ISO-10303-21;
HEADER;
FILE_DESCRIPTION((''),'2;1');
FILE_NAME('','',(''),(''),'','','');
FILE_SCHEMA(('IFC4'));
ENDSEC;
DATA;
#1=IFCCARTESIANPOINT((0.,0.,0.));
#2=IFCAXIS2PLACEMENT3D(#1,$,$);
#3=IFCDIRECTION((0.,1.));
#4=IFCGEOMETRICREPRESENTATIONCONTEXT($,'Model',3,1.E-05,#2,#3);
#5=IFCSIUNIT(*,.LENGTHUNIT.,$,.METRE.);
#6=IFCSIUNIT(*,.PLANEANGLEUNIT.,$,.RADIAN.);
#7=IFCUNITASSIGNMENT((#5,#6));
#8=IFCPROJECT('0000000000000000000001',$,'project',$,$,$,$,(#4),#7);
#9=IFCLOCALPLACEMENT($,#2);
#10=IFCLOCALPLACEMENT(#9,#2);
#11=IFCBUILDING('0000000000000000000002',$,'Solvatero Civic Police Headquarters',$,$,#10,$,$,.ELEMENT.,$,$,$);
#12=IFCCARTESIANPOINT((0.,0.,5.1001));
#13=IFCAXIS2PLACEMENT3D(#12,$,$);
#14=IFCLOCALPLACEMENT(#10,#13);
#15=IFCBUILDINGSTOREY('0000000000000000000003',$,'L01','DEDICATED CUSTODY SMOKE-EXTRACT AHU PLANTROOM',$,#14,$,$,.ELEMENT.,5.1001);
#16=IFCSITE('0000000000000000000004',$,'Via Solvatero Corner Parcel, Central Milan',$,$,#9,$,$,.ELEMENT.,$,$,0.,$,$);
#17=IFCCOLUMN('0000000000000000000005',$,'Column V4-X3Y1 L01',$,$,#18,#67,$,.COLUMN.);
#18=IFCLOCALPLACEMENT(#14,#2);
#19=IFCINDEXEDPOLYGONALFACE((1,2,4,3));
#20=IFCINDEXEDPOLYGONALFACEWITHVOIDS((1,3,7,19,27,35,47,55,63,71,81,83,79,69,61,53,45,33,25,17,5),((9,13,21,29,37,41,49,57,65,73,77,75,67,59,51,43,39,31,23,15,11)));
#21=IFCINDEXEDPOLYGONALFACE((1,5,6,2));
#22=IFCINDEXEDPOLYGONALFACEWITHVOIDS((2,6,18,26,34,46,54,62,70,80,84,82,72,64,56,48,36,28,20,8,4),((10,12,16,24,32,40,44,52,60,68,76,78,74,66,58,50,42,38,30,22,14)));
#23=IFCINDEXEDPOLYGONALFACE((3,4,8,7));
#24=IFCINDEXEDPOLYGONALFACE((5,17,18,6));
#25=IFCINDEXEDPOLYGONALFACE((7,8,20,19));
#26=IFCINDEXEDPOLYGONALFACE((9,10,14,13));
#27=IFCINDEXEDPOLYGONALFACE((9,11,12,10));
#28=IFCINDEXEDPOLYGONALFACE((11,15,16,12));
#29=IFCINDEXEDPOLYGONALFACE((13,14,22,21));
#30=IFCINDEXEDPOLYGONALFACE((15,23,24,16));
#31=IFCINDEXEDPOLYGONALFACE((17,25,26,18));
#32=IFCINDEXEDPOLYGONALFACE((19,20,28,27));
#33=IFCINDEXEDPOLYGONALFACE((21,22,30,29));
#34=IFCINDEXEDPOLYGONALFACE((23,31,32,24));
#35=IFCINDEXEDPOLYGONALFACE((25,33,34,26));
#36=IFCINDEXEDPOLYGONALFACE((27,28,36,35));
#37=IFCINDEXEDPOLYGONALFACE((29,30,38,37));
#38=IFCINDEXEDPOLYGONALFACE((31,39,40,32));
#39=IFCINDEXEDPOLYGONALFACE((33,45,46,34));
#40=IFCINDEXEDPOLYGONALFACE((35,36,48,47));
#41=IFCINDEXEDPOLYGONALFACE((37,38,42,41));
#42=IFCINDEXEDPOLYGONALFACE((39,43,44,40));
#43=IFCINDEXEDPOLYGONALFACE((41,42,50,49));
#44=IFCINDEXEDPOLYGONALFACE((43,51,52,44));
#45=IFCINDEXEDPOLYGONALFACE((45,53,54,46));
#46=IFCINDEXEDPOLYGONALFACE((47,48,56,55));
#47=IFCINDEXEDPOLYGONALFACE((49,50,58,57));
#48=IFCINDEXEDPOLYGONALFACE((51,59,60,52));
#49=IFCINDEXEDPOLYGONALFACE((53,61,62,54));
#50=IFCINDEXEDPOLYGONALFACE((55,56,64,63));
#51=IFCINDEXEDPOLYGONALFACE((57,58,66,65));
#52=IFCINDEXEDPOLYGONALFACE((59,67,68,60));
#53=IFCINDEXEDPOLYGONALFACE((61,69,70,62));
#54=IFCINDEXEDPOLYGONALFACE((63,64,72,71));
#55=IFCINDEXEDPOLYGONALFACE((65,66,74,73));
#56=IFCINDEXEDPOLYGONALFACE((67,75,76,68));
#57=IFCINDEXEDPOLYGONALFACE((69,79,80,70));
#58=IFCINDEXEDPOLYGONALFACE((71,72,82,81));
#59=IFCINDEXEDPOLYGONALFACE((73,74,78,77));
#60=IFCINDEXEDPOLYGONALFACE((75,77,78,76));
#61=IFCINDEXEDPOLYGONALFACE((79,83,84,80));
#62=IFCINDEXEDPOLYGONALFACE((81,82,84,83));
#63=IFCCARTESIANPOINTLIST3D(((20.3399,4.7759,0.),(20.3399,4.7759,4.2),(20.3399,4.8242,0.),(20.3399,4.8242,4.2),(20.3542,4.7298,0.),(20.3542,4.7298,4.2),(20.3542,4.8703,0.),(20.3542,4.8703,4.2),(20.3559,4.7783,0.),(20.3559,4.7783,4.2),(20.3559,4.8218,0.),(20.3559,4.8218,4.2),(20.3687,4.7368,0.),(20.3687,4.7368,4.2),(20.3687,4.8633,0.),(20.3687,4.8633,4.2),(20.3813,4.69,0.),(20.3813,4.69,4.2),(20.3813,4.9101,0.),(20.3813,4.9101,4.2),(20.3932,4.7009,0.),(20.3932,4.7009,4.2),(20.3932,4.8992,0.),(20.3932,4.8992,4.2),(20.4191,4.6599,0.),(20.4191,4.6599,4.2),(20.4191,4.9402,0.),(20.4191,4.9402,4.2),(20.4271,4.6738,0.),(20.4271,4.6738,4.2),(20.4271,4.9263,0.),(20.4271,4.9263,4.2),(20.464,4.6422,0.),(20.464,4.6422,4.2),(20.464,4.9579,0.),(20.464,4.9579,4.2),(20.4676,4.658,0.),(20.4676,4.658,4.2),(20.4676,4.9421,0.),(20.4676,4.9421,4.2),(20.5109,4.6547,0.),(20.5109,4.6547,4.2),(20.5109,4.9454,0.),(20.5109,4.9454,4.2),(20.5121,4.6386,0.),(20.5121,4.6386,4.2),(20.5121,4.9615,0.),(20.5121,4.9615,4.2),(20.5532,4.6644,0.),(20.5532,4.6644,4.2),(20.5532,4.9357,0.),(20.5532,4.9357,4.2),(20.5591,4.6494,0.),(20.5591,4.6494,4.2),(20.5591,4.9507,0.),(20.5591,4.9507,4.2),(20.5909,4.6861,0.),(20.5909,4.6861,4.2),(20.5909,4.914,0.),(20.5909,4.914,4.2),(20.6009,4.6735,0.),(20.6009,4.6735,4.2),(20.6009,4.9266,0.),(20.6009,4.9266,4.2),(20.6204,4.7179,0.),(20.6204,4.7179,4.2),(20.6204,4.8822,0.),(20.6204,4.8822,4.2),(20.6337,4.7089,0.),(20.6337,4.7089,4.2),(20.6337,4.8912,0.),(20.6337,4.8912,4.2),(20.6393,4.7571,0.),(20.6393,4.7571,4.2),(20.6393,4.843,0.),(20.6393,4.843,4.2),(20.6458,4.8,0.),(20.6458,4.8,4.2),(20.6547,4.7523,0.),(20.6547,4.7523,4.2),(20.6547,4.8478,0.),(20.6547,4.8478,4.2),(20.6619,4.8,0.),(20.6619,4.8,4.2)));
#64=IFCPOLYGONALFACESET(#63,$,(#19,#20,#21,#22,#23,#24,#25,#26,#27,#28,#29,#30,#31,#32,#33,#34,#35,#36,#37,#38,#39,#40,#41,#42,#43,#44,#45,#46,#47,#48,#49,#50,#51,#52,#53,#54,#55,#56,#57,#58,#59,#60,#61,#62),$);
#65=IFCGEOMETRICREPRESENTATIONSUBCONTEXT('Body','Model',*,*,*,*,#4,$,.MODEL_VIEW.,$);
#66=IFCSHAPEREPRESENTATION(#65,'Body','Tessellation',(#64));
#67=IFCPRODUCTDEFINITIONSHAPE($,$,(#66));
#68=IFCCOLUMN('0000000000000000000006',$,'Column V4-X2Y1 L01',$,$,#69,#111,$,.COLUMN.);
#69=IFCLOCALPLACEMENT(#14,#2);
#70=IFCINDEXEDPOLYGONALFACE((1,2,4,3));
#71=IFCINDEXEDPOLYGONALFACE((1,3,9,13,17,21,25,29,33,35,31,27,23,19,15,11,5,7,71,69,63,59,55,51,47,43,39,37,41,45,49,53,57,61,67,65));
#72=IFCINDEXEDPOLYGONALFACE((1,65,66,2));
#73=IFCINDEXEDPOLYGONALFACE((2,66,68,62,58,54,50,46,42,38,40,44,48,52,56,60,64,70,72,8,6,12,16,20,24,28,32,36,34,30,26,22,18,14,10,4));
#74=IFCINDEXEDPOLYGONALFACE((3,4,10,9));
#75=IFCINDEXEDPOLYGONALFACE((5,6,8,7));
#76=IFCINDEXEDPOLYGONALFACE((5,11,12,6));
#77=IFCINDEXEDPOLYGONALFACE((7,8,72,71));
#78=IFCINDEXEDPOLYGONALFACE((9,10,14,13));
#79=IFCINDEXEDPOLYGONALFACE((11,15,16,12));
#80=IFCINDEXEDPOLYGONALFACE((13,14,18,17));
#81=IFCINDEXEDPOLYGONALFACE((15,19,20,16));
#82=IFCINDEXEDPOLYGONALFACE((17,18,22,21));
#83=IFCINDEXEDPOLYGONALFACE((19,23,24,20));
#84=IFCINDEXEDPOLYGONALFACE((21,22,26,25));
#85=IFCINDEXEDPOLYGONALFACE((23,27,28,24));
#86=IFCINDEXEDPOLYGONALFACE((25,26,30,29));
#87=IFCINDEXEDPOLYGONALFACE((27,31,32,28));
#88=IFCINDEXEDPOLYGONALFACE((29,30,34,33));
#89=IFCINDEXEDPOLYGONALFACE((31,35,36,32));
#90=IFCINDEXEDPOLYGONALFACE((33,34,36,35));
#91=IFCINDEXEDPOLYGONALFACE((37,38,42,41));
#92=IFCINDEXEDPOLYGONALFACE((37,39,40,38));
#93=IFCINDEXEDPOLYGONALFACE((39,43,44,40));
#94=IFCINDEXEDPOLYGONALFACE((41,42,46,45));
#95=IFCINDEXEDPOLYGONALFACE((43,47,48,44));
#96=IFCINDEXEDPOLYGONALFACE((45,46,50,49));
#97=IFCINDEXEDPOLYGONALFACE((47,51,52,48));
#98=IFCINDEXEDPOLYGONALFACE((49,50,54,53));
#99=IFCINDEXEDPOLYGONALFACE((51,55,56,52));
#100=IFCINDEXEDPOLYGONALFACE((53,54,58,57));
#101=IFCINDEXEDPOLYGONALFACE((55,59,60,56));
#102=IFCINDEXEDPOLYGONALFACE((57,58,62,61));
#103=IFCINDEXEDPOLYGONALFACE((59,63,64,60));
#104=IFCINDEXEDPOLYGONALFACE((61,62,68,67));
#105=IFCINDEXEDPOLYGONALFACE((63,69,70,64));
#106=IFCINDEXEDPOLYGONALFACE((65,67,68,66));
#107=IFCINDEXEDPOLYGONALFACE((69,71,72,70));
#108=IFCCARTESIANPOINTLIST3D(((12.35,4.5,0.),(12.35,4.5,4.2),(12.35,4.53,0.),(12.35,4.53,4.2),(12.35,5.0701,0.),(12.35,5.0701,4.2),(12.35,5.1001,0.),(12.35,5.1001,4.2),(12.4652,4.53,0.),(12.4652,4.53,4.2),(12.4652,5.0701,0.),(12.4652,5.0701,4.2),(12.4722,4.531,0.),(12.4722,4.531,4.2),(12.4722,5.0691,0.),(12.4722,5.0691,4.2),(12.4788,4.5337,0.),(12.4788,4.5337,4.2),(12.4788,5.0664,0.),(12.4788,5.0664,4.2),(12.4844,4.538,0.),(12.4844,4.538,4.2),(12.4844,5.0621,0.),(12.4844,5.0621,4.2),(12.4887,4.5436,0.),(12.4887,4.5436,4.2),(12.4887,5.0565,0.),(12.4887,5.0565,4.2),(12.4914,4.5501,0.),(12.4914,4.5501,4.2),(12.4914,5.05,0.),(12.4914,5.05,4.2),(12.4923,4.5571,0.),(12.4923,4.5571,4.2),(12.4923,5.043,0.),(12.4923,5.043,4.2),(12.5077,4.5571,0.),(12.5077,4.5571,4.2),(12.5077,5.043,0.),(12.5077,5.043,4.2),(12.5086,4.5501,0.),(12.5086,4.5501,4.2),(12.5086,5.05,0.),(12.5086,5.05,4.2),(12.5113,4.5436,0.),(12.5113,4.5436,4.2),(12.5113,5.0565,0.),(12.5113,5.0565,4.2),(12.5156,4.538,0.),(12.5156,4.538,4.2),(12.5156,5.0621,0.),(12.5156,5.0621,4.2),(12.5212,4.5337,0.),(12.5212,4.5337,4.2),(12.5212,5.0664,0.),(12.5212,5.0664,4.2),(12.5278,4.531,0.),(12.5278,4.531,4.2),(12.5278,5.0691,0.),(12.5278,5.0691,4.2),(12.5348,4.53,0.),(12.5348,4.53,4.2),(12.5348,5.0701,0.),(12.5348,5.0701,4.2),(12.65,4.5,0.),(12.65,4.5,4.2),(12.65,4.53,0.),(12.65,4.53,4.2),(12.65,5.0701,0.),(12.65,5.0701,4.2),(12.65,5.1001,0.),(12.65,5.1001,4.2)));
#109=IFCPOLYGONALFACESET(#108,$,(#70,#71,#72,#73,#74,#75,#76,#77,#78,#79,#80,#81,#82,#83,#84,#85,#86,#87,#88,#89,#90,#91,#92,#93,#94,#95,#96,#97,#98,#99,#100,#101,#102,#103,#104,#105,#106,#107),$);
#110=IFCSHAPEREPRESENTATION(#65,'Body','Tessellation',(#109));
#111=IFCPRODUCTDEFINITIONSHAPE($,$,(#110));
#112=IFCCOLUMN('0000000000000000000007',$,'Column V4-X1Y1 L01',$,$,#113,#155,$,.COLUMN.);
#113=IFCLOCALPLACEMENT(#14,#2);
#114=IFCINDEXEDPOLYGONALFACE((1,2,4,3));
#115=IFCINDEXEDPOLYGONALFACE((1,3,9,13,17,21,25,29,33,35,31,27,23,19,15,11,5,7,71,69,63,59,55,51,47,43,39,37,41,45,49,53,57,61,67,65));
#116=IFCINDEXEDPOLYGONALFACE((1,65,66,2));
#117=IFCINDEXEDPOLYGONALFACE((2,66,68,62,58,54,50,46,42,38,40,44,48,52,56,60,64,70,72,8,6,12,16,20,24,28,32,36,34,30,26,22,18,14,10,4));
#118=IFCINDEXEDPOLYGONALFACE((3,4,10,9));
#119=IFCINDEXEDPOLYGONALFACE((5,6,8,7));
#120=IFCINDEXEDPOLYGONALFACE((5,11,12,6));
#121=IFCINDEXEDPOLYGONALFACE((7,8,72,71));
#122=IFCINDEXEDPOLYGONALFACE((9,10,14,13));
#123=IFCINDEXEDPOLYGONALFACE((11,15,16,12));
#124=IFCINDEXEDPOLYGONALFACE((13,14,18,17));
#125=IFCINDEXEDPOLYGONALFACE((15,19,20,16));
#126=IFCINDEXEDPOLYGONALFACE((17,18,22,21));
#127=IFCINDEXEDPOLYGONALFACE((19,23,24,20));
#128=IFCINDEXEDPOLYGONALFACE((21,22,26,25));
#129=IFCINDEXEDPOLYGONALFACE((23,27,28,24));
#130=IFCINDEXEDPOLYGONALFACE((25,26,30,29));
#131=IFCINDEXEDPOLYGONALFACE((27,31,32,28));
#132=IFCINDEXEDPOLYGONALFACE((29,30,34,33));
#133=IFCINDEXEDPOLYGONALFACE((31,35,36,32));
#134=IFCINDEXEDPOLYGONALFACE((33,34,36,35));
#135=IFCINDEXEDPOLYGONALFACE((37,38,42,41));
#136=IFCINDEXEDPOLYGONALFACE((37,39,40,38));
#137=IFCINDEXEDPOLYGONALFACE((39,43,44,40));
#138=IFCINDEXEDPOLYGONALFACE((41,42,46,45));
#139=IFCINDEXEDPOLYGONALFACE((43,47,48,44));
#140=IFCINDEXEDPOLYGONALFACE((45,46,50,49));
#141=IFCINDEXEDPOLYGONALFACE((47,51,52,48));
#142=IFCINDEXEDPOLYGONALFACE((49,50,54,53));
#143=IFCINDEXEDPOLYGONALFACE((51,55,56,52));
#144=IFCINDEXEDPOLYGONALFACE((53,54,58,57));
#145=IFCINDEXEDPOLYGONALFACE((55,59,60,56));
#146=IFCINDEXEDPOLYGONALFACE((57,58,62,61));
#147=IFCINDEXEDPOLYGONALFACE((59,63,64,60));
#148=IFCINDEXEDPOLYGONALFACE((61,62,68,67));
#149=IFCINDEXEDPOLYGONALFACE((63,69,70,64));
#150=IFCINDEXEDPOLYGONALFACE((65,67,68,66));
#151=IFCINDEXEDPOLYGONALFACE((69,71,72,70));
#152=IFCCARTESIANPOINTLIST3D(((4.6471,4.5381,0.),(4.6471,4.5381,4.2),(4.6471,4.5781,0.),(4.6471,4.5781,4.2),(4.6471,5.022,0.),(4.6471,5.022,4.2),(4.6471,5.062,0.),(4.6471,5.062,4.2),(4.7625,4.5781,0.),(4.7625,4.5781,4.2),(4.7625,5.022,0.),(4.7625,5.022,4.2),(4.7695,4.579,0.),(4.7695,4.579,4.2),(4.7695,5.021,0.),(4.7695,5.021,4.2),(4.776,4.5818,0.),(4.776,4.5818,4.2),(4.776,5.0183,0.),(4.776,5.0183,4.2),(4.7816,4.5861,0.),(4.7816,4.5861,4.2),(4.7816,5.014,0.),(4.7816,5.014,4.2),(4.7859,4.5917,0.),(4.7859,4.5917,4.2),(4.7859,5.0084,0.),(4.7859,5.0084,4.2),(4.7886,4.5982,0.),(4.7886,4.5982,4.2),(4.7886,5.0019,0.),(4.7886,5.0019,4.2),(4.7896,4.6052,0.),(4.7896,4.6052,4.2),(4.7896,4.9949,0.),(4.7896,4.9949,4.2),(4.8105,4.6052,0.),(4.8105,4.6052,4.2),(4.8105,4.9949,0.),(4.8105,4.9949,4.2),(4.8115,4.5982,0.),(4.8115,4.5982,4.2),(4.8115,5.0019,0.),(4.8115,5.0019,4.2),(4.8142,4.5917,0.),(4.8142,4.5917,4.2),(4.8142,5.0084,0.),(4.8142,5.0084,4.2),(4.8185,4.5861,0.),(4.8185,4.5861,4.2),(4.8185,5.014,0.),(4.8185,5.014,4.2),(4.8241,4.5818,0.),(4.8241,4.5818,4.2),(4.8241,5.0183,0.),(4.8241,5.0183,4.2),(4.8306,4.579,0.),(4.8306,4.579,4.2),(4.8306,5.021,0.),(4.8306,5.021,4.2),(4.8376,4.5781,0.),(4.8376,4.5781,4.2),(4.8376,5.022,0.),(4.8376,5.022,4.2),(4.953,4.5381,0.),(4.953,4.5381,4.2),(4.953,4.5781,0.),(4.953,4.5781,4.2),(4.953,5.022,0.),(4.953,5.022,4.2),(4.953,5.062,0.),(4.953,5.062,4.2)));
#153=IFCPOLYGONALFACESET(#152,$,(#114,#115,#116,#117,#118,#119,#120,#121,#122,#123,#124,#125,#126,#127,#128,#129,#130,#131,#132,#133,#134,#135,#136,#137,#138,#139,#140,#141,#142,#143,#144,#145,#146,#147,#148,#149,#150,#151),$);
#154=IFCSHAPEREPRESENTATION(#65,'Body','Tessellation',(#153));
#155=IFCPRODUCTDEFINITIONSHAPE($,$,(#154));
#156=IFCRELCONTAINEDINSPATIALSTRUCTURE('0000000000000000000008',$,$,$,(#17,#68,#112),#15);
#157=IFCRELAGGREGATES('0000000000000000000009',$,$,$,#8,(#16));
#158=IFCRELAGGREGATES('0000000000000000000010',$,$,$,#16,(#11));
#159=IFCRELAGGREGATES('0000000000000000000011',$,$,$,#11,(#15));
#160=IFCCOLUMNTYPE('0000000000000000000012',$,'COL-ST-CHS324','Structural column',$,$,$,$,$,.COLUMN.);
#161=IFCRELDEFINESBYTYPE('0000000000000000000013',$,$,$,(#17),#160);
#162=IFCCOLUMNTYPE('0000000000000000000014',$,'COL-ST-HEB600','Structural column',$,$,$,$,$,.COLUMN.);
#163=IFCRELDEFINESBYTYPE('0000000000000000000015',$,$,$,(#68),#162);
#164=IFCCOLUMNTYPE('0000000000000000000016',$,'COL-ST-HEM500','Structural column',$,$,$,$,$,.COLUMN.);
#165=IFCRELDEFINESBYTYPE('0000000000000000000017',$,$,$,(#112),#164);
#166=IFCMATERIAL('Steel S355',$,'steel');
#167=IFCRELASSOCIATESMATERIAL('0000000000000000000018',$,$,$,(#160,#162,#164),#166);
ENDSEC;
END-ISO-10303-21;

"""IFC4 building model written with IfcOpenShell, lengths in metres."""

from ifc_helpers import new_model, si_unit, direction, frame, origin, origin_2d, place, context, subcontext, project, spatial, hollow_circle, i_section, extrude, material, material_profile, profile_set, type_object, element, save


model = new_model("IFC4")

# Units and contexts
model_context = context("Model", 3, precision=1e-05, world=origin(), true_north=direction((0.0, 1.0)))
body_context = subcontext(model_context, "Body", "Model", "MODEL_VIEW")
ifc_project = project(units=[si_unit("LENGTHUNIT", "METRE"), si_unit("PLANEANGLEUNIT", "RADIAN")], contexts=[model_context])

# Site, building, storey
site_placement = place(None, origin())
site = spatial("IfcSite", under=ifc_project, at=site_placement, Name="Via Solvatero Corner Parcel, Central Milan", CompositionType="ELEMENT", RefElevation=0.0)
building_placement = place(site_placement, origin())
building = spatial("IfcBuilding", under=site, at=building_placement, Name="Solvatero Civic Police Headquarters", CompositionType="ELEMENT")
storey_placement = place(building_placement, frame((0.0, 0.0, 5.1001)))
storey = spatial("IfcBuildingStorey", under=building, at=storey_placement, Name="L01", Description="DEDICATED CUSTODY SMOKE-EXTRACT AHU PLANTROOM", CompositionType="ELEMENT", Elevation=5.1001)

# Columns
ifc_material_1 = material(Name="Steel S355", Category="steel")
ifc_material_profile_1 = material_profile(ifc_material_1, hollow_circle(Radius=0.1619, WallThickness=0.0161, at=origin_2d()), Name="CHS 323.9x16.0")
ifc_profile_set_1 = profile_set([ifc_material_profile_1], Name="Steel S355")
column_type_1 = type_object("IfcColumnType", Name="COL-ST-CHS324", Description="Structural column", PredefinedType="COLUMN", material=ifc_profile_set_1)
column_1_placement = place(storey_placement, frame((20.5, 4.8, 0.0), z_axis=(0.0, 0.0, 1.0), x_axis=(1.0, 0.0, 0.0)))
element("IfcColumn", 1, at=column_1_placement, inside=storey, type_object=column_type_1, Name="Column V4-X3Y1 L01", PredefinedType="COLUMN", context=body_context, shape_type="SweptSolid", body=[
    extrude(hollow_circle(Radius=0.1619, WallThickness=0.0161, at=origin_2d()), origin(), (0.0, 0.0, 1.0), 4.2),
])
ifc_material_profile_2 = material_profile(ifc_material_1, i_section(OverallWidth=0.3, OverallDepth=0.6001, WebThickness=0.0154, FlangeThickness=0.03, FilletRadius=0.0271, at=origin_2d()), Name="HEB 600")
ifc_profile_set_2 = profile_set([ifc_material_profile_2], Name="Steel S355")
column_type_2 = type_object("IfcColumnType", Name="COL-ST-HEB600", Description="Structural column", PredefinedType="COLUMN", material=ifc_profile_set_2)
column_2_placement = place(storey_placement, frame((12.5, 4.8, 0.0), z_axis=(0.0, 0.0, 1.0), x_axis=(1.0, 0.0, 0.0)))
element("IfcColumn", 2, at=column_2_placement, inside=storey, type_object=column_type_2, Name="Column V4-X2Y1 L01", PredefinedType="COLUMN", context=body_context, shape_type="SweptSolid", body=[
    extrude(i_section(OverallWidth=0.3, OverallDepth=0.6001, WebThickness=0.0154, FlangeThickness=0.03, FilletRadius=0.0271, at=origin_2d()), origin(), (0.0, 0.0, 1.0), 4.2),
])
ifc_material_profile_3 = material_profile(ifc_material_1, i_section(OverallWidth=0.3059, OverallDepth=0.5239, WebThickness=0.021, FlangeThickness=0.04, FilletRadius=0.0271, at=origin_2d()), Name="HEM 500")
ifc_profile_set_3 = profile_set([ifc_material_profile_3], Name="Steel S355")
column_type_3 = type_object("IfcColumnType", Name="COL-ST-HEM500", Description="Structural column", PredefinedType="COLUMN", material=ifc_profile_set_3)
column_3_placement = place(storey_placement, frame((4.8, 4.8, 0.0), z_axis=(0.0, 0.0, 1.0), x_axis=(1.0, 0.0, 0.0)))
element("IfcColumn", 3, at=column_3_placement, inside=storey, type_object=column_type_3, Name="Column V4-X1Y1 L01", PredefinedType="COLUMN", context=body_context, shape_type="SweptSolid", body=[
    extrude(i_section(OverallWidth=0.3059, OverallDepth=0.5239, WebThickness=0.021, FlangeThickness=0.04, FilletRadius=0.0271, at=origin_2d()), origin(), (0.0, 0.0, 1.0), 4.2),
])

save(model, "model.ifc")
